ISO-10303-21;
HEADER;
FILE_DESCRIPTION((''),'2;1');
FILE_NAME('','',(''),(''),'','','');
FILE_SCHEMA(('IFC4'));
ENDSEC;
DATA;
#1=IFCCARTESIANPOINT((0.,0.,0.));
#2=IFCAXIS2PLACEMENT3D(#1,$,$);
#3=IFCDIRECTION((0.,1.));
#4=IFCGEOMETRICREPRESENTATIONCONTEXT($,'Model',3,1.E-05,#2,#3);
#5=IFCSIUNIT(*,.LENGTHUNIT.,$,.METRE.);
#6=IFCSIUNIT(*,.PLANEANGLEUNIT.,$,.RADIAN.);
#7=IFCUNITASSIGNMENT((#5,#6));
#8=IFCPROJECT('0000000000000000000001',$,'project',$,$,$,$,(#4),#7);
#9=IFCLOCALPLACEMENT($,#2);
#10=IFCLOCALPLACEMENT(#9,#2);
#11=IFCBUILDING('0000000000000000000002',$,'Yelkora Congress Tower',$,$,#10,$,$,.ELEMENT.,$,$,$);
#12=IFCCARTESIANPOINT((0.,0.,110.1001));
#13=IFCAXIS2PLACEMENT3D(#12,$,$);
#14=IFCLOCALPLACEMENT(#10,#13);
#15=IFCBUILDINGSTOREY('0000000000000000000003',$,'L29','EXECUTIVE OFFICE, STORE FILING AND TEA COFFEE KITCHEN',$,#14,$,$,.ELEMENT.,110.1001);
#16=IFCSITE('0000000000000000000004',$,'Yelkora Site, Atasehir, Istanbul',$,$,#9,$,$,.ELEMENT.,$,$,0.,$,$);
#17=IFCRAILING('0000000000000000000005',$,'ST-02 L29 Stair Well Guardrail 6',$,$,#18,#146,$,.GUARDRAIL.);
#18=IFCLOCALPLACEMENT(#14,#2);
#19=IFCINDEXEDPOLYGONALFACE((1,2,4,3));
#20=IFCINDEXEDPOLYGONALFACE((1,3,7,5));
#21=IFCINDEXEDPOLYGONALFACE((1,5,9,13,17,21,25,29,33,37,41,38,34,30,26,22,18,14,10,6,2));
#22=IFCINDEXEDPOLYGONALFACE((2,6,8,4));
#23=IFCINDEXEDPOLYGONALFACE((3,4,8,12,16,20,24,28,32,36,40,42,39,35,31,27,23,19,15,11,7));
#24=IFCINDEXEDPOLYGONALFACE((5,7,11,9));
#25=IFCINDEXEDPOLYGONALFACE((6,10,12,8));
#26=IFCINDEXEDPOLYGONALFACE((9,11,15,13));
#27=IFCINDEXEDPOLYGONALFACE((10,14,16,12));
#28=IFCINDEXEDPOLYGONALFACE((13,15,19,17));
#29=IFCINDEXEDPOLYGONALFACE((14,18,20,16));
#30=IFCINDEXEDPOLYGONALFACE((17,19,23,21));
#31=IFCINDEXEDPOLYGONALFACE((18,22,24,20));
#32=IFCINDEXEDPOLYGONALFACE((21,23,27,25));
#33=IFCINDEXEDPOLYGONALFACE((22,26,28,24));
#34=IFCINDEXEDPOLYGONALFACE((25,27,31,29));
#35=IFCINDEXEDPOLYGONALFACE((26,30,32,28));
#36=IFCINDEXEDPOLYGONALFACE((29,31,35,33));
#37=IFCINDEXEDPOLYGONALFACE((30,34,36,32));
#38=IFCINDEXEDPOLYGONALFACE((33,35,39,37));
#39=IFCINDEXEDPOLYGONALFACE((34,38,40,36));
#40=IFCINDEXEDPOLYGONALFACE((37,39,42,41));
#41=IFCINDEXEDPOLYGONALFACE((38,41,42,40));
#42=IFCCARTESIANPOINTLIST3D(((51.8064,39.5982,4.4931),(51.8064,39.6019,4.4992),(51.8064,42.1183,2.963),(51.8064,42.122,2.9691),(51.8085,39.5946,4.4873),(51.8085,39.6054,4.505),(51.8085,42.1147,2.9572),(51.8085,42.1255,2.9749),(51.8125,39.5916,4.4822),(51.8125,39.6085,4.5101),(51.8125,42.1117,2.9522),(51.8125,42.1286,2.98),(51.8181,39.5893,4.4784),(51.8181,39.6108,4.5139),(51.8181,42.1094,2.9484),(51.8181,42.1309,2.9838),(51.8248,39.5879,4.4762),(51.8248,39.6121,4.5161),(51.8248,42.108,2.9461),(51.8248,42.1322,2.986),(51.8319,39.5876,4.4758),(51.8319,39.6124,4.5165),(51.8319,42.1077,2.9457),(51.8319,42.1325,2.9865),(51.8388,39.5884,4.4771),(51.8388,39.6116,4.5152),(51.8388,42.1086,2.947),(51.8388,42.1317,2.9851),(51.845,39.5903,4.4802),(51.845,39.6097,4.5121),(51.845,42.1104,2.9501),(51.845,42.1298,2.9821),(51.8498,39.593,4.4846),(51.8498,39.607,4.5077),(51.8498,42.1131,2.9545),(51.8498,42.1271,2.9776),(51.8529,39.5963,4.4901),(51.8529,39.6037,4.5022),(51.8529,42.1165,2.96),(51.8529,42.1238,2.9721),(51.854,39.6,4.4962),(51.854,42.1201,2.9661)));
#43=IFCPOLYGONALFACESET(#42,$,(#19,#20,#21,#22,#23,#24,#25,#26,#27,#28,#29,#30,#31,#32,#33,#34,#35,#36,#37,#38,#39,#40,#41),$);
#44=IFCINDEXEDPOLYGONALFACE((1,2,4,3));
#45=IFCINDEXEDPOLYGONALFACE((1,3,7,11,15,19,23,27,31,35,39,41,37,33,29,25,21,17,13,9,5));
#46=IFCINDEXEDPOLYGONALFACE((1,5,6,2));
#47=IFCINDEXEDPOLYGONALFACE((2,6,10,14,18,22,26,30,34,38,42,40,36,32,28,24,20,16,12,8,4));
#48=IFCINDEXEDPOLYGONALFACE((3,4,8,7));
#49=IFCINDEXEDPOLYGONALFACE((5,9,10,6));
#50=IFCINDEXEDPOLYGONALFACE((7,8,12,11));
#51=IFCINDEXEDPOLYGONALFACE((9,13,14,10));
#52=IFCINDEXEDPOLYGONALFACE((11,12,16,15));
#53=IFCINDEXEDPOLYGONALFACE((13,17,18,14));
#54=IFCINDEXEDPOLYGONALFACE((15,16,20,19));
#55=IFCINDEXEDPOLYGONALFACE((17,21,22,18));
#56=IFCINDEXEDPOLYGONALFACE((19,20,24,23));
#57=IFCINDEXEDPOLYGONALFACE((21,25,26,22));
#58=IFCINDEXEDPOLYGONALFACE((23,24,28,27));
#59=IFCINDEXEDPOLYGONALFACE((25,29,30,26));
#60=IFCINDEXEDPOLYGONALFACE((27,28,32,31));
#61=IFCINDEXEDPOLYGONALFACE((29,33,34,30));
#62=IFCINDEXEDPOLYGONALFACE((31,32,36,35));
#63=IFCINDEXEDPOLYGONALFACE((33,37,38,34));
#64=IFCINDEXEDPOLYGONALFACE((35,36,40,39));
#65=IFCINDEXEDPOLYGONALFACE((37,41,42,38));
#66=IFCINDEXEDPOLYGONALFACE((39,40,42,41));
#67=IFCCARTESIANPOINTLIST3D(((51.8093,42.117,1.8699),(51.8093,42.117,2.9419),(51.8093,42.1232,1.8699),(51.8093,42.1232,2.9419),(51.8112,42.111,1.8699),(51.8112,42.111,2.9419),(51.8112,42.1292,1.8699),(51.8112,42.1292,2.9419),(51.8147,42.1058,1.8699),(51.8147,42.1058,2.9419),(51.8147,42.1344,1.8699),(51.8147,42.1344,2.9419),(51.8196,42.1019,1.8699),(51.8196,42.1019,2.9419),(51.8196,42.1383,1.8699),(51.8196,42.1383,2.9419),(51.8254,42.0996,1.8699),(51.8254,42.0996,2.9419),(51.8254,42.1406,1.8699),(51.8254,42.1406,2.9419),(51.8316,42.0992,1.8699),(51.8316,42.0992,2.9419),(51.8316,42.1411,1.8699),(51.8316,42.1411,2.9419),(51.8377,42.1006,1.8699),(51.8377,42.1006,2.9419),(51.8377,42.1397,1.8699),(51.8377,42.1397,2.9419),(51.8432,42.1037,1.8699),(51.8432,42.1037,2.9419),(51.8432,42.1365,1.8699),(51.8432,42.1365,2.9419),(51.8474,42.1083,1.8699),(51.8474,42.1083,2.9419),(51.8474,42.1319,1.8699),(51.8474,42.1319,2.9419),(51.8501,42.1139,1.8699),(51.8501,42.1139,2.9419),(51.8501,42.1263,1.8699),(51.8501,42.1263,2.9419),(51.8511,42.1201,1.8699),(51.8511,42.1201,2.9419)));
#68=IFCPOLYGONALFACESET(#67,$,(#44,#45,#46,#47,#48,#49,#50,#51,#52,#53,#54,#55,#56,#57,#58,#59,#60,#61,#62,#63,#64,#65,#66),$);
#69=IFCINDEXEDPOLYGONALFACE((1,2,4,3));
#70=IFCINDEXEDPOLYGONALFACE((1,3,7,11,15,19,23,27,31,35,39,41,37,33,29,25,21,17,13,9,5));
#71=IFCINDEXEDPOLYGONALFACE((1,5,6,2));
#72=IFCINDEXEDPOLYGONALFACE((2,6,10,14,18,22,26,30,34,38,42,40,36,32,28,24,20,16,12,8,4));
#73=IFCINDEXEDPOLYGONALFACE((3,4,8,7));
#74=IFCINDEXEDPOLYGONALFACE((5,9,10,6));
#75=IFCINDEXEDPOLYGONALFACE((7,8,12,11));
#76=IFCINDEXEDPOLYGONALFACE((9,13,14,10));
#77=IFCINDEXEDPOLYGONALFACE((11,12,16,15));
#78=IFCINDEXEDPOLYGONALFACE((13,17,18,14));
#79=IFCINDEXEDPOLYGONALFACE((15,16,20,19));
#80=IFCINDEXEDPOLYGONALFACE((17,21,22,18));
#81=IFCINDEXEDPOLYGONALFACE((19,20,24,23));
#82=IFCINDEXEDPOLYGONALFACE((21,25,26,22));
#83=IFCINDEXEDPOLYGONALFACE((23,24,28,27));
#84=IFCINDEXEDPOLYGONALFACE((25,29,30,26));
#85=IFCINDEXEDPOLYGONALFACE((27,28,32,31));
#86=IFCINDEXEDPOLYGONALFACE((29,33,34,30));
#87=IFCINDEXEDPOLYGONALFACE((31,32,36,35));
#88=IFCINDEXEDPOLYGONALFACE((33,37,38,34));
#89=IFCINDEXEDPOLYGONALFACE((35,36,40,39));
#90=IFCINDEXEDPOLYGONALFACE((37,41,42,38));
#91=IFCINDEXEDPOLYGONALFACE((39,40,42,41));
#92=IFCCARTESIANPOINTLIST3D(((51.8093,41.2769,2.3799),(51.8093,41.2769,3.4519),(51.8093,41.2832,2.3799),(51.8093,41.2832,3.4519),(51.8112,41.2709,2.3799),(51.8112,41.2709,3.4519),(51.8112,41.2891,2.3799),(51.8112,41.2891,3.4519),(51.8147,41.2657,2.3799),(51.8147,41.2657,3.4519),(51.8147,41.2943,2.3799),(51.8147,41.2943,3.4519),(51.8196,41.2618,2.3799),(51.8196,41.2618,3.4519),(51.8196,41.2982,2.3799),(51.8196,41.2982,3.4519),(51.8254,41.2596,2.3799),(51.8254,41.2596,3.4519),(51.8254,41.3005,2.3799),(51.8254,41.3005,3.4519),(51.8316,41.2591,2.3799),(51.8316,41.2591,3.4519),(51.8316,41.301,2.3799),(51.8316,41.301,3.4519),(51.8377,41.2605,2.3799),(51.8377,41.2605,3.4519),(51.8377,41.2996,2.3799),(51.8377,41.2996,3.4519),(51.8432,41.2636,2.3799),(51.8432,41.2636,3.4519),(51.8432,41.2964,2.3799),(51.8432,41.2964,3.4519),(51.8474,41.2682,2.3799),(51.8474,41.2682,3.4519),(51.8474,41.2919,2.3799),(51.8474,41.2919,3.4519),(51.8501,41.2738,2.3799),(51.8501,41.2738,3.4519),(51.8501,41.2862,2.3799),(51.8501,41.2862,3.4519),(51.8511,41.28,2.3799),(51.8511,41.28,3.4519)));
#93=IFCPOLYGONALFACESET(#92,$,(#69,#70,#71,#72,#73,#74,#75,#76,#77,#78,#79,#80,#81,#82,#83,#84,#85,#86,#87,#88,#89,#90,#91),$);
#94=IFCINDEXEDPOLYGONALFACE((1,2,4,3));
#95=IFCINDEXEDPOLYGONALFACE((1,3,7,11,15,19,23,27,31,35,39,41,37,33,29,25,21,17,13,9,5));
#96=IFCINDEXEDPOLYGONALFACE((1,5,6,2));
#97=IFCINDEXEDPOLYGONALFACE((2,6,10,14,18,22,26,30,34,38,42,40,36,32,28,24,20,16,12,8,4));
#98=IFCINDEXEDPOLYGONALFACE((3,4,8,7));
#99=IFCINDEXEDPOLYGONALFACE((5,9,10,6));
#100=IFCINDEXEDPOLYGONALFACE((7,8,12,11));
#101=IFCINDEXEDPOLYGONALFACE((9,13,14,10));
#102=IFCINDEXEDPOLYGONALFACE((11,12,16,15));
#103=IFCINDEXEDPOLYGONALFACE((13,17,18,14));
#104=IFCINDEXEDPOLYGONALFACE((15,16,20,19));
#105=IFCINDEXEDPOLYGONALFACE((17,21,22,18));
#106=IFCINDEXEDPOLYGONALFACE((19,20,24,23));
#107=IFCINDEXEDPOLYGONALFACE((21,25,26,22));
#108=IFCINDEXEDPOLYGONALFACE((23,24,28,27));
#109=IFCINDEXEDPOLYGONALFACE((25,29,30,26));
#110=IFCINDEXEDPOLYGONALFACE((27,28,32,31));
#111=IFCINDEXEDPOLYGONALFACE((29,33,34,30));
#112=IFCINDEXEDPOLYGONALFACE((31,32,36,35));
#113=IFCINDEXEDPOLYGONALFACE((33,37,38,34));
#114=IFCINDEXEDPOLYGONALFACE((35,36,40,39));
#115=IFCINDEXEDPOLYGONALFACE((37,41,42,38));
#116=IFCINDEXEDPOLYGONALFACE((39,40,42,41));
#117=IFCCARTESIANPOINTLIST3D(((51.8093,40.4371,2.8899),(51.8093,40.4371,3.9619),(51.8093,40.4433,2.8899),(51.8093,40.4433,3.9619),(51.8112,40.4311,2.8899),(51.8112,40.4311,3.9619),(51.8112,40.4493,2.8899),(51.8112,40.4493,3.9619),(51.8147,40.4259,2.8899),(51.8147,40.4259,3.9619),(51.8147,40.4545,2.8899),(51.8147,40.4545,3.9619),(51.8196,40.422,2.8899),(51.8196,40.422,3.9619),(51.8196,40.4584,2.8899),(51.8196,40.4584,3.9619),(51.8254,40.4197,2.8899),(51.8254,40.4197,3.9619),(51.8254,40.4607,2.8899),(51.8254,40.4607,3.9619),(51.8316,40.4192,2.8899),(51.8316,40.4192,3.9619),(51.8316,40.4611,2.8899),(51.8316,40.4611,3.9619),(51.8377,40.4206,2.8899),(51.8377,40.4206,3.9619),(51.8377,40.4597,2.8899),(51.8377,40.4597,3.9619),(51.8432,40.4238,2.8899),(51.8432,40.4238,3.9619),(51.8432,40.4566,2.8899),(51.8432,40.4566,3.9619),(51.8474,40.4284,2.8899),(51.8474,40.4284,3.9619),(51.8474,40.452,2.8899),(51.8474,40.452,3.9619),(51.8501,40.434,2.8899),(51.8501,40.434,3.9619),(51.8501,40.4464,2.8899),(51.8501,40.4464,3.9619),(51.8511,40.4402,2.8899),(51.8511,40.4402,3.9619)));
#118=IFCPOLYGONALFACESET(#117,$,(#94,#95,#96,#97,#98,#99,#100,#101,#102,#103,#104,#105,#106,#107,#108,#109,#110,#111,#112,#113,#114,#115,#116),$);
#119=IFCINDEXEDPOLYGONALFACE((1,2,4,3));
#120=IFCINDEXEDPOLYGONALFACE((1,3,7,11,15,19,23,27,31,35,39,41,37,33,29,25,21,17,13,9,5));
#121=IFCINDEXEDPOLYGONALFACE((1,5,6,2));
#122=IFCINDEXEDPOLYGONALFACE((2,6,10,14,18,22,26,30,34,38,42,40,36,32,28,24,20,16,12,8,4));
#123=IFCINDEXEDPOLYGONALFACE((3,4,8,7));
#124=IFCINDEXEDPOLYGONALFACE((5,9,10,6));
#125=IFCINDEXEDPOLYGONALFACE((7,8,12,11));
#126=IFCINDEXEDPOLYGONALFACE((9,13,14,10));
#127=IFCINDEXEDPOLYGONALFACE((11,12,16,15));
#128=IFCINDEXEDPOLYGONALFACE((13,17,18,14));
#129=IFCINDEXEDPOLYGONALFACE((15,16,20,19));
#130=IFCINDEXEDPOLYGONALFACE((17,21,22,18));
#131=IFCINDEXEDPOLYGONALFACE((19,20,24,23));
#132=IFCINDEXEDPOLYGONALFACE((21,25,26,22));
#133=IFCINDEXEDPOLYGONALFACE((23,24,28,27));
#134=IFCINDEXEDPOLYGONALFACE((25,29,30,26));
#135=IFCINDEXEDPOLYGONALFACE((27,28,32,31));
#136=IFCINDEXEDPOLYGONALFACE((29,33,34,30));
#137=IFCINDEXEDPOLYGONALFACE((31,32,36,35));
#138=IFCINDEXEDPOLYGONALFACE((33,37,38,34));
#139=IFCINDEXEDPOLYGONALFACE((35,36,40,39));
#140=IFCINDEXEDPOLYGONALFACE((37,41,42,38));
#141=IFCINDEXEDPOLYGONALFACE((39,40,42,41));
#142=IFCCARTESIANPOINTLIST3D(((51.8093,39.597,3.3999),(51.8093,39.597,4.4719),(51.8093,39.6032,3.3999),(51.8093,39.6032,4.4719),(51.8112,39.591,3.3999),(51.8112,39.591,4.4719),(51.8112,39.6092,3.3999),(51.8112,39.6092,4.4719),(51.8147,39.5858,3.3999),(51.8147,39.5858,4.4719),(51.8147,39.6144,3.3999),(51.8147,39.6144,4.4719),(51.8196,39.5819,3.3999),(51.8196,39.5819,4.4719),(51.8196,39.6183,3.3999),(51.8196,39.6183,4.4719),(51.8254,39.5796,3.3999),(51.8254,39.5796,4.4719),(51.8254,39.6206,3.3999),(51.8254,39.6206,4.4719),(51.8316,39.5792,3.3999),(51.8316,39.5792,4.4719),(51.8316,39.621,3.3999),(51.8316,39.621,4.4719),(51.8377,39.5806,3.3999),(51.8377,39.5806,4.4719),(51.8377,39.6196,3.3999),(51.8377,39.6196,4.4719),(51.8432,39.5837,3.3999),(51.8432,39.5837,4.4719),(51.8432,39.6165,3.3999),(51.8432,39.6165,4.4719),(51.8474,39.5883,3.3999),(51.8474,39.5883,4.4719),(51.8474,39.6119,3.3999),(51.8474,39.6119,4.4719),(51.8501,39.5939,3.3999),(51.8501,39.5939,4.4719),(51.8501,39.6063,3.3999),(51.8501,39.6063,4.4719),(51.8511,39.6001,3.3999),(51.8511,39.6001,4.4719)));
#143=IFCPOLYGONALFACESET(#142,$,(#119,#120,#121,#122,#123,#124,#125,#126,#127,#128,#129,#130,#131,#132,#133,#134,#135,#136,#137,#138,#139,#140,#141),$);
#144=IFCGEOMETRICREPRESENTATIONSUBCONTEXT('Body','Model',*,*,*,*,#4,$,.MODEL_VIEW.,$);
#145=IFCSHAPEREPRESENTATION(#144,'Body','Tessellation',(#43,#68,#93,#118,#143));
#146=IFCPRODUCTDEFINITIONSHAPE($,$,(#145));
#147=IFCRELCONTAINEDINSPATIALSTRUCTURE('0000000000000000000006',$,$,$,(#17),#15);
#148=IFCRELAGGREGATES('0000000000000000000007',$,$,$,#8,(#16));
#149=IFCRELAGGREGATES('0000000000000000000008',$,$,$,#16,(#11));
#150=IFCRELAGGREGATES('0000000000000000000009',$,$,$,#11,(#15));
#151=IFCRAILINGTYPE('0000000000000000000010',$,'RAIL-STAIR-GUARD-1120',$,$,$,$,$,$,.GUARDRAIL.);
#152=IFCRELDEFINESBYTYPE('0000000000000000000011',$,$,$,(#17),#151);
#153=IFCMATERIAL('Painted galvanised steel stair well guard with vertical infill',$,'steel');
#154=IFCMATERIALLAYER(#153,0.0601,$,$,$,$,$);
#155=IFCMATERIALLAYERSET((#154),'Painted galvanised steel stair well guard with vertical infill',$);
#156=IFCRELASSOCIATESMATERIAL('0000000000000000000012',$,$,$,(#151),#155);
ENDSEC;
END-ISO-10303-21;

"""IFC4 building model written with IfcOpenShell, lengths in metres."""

from ifc_helpers import new_model, si_unit, direction, frame, origin, origin_2d, place, context, subcontext, project, spatial, circle, extrude, material, layer, layer_set, type_object, element, save


model = new_model("IFC4")

# Units and contexts
model_context = context("Model", 3, precision=1e-05, world=origin(), true_north=direction((0.0, 1.0)))
body_context = subcontext(model_context, "Body", "Model", "MODEL_VIEW")
ifc_project = project(units=[si_unit("LENGTHUNIT", "METRE"), si_unit("PLANEANGLEUNIT", "RADIAN")], contexts=[model_context])

# Site, building, storey
site_placement = place(None, origin())
site = spatial("IfcSite", under=ifc_project, at=site_placement, Name="Yelkora Site, Atasehir, Istanbul", CompositionType="ELEMENT", RefElevation=0.0)
building_placement = place(site_placement, origin())
building = spatial("IfcBuilding", under=site, at=building_placement, Name="Yelkora Congress Tower", CompositionType="ELEMENT")
storey_placement = place(building_placement, frame((0.0, 0.0, 110.1001)))
storey = spatial("IfcBuildingStorey", under=building, at=storey_placement, Name="L29", Description="EXECUTIVE OFFICE, STORE FILING AND TEA COFFEE KITCHEN", CompositionType="ELEMENT", Elevation=110.1001)

# Railing
ifc_material_1 = material(Name="Painted galvanised steel stair well guard with vertical infill", Category="steel")
ifc_layer_1 = layer(ifc_material_1, 0.0601)
ifc_layer_set_1 = layer_set([ifc_layer_1], Name="Painted galvanised steel stair well guard with vertical infill")
railing_type_1 = type_object("IfcRailingType", Name="RAIL-STAIR-GUARD-1120", PredefinedType="GUARDRAIL", material=ifc_layer_set_1)
railing_1_placement = place(storey_placement, frame((51.8301, 42.1201, 1.8699)))
element("IfcRailing", 1, at=railing_1_placement, inside=storey, type_object=railing_type_1, Name="ST-02 L29 Stair Well Guardrail 6", PredefinedType="GUARDRAIL", context=body_context, shape_type="SweptSolid", body=[
    extrude(circle(Radius=0.0239, at=origin_2d()), frame((0.0, 0.0, 1.0962), z_axis=(0.0, -0.854785, 0.518982), x_axis=(1.0, 0.0, 0.0)), (0.0, 0.0, 1.0), 2.9482),
    extrude(circle(Radius=0.021, at=origin_2d()), origin(), (0.0, 0.0, 1.0), 1.072),
    extrude(circle(Radius=0.021, at=origin_2d()), frame((0.0, -0.8401, 0.51)), (0.0, 0.0, 1.0), 1.072),
    extrude(circle(Radius=0.021, at=origin_2d()), frame((0.0, -1.6799, 1.02)), (0.0, 0.0, 1.0), 1.072),
    extrude(circle(Radius=0.021, at=origin_2d()), frame((0.0, -2.52, 1.53)), (0.0, 0.0, 1.0), 1.072),
])

save(model, "model.ifc")
